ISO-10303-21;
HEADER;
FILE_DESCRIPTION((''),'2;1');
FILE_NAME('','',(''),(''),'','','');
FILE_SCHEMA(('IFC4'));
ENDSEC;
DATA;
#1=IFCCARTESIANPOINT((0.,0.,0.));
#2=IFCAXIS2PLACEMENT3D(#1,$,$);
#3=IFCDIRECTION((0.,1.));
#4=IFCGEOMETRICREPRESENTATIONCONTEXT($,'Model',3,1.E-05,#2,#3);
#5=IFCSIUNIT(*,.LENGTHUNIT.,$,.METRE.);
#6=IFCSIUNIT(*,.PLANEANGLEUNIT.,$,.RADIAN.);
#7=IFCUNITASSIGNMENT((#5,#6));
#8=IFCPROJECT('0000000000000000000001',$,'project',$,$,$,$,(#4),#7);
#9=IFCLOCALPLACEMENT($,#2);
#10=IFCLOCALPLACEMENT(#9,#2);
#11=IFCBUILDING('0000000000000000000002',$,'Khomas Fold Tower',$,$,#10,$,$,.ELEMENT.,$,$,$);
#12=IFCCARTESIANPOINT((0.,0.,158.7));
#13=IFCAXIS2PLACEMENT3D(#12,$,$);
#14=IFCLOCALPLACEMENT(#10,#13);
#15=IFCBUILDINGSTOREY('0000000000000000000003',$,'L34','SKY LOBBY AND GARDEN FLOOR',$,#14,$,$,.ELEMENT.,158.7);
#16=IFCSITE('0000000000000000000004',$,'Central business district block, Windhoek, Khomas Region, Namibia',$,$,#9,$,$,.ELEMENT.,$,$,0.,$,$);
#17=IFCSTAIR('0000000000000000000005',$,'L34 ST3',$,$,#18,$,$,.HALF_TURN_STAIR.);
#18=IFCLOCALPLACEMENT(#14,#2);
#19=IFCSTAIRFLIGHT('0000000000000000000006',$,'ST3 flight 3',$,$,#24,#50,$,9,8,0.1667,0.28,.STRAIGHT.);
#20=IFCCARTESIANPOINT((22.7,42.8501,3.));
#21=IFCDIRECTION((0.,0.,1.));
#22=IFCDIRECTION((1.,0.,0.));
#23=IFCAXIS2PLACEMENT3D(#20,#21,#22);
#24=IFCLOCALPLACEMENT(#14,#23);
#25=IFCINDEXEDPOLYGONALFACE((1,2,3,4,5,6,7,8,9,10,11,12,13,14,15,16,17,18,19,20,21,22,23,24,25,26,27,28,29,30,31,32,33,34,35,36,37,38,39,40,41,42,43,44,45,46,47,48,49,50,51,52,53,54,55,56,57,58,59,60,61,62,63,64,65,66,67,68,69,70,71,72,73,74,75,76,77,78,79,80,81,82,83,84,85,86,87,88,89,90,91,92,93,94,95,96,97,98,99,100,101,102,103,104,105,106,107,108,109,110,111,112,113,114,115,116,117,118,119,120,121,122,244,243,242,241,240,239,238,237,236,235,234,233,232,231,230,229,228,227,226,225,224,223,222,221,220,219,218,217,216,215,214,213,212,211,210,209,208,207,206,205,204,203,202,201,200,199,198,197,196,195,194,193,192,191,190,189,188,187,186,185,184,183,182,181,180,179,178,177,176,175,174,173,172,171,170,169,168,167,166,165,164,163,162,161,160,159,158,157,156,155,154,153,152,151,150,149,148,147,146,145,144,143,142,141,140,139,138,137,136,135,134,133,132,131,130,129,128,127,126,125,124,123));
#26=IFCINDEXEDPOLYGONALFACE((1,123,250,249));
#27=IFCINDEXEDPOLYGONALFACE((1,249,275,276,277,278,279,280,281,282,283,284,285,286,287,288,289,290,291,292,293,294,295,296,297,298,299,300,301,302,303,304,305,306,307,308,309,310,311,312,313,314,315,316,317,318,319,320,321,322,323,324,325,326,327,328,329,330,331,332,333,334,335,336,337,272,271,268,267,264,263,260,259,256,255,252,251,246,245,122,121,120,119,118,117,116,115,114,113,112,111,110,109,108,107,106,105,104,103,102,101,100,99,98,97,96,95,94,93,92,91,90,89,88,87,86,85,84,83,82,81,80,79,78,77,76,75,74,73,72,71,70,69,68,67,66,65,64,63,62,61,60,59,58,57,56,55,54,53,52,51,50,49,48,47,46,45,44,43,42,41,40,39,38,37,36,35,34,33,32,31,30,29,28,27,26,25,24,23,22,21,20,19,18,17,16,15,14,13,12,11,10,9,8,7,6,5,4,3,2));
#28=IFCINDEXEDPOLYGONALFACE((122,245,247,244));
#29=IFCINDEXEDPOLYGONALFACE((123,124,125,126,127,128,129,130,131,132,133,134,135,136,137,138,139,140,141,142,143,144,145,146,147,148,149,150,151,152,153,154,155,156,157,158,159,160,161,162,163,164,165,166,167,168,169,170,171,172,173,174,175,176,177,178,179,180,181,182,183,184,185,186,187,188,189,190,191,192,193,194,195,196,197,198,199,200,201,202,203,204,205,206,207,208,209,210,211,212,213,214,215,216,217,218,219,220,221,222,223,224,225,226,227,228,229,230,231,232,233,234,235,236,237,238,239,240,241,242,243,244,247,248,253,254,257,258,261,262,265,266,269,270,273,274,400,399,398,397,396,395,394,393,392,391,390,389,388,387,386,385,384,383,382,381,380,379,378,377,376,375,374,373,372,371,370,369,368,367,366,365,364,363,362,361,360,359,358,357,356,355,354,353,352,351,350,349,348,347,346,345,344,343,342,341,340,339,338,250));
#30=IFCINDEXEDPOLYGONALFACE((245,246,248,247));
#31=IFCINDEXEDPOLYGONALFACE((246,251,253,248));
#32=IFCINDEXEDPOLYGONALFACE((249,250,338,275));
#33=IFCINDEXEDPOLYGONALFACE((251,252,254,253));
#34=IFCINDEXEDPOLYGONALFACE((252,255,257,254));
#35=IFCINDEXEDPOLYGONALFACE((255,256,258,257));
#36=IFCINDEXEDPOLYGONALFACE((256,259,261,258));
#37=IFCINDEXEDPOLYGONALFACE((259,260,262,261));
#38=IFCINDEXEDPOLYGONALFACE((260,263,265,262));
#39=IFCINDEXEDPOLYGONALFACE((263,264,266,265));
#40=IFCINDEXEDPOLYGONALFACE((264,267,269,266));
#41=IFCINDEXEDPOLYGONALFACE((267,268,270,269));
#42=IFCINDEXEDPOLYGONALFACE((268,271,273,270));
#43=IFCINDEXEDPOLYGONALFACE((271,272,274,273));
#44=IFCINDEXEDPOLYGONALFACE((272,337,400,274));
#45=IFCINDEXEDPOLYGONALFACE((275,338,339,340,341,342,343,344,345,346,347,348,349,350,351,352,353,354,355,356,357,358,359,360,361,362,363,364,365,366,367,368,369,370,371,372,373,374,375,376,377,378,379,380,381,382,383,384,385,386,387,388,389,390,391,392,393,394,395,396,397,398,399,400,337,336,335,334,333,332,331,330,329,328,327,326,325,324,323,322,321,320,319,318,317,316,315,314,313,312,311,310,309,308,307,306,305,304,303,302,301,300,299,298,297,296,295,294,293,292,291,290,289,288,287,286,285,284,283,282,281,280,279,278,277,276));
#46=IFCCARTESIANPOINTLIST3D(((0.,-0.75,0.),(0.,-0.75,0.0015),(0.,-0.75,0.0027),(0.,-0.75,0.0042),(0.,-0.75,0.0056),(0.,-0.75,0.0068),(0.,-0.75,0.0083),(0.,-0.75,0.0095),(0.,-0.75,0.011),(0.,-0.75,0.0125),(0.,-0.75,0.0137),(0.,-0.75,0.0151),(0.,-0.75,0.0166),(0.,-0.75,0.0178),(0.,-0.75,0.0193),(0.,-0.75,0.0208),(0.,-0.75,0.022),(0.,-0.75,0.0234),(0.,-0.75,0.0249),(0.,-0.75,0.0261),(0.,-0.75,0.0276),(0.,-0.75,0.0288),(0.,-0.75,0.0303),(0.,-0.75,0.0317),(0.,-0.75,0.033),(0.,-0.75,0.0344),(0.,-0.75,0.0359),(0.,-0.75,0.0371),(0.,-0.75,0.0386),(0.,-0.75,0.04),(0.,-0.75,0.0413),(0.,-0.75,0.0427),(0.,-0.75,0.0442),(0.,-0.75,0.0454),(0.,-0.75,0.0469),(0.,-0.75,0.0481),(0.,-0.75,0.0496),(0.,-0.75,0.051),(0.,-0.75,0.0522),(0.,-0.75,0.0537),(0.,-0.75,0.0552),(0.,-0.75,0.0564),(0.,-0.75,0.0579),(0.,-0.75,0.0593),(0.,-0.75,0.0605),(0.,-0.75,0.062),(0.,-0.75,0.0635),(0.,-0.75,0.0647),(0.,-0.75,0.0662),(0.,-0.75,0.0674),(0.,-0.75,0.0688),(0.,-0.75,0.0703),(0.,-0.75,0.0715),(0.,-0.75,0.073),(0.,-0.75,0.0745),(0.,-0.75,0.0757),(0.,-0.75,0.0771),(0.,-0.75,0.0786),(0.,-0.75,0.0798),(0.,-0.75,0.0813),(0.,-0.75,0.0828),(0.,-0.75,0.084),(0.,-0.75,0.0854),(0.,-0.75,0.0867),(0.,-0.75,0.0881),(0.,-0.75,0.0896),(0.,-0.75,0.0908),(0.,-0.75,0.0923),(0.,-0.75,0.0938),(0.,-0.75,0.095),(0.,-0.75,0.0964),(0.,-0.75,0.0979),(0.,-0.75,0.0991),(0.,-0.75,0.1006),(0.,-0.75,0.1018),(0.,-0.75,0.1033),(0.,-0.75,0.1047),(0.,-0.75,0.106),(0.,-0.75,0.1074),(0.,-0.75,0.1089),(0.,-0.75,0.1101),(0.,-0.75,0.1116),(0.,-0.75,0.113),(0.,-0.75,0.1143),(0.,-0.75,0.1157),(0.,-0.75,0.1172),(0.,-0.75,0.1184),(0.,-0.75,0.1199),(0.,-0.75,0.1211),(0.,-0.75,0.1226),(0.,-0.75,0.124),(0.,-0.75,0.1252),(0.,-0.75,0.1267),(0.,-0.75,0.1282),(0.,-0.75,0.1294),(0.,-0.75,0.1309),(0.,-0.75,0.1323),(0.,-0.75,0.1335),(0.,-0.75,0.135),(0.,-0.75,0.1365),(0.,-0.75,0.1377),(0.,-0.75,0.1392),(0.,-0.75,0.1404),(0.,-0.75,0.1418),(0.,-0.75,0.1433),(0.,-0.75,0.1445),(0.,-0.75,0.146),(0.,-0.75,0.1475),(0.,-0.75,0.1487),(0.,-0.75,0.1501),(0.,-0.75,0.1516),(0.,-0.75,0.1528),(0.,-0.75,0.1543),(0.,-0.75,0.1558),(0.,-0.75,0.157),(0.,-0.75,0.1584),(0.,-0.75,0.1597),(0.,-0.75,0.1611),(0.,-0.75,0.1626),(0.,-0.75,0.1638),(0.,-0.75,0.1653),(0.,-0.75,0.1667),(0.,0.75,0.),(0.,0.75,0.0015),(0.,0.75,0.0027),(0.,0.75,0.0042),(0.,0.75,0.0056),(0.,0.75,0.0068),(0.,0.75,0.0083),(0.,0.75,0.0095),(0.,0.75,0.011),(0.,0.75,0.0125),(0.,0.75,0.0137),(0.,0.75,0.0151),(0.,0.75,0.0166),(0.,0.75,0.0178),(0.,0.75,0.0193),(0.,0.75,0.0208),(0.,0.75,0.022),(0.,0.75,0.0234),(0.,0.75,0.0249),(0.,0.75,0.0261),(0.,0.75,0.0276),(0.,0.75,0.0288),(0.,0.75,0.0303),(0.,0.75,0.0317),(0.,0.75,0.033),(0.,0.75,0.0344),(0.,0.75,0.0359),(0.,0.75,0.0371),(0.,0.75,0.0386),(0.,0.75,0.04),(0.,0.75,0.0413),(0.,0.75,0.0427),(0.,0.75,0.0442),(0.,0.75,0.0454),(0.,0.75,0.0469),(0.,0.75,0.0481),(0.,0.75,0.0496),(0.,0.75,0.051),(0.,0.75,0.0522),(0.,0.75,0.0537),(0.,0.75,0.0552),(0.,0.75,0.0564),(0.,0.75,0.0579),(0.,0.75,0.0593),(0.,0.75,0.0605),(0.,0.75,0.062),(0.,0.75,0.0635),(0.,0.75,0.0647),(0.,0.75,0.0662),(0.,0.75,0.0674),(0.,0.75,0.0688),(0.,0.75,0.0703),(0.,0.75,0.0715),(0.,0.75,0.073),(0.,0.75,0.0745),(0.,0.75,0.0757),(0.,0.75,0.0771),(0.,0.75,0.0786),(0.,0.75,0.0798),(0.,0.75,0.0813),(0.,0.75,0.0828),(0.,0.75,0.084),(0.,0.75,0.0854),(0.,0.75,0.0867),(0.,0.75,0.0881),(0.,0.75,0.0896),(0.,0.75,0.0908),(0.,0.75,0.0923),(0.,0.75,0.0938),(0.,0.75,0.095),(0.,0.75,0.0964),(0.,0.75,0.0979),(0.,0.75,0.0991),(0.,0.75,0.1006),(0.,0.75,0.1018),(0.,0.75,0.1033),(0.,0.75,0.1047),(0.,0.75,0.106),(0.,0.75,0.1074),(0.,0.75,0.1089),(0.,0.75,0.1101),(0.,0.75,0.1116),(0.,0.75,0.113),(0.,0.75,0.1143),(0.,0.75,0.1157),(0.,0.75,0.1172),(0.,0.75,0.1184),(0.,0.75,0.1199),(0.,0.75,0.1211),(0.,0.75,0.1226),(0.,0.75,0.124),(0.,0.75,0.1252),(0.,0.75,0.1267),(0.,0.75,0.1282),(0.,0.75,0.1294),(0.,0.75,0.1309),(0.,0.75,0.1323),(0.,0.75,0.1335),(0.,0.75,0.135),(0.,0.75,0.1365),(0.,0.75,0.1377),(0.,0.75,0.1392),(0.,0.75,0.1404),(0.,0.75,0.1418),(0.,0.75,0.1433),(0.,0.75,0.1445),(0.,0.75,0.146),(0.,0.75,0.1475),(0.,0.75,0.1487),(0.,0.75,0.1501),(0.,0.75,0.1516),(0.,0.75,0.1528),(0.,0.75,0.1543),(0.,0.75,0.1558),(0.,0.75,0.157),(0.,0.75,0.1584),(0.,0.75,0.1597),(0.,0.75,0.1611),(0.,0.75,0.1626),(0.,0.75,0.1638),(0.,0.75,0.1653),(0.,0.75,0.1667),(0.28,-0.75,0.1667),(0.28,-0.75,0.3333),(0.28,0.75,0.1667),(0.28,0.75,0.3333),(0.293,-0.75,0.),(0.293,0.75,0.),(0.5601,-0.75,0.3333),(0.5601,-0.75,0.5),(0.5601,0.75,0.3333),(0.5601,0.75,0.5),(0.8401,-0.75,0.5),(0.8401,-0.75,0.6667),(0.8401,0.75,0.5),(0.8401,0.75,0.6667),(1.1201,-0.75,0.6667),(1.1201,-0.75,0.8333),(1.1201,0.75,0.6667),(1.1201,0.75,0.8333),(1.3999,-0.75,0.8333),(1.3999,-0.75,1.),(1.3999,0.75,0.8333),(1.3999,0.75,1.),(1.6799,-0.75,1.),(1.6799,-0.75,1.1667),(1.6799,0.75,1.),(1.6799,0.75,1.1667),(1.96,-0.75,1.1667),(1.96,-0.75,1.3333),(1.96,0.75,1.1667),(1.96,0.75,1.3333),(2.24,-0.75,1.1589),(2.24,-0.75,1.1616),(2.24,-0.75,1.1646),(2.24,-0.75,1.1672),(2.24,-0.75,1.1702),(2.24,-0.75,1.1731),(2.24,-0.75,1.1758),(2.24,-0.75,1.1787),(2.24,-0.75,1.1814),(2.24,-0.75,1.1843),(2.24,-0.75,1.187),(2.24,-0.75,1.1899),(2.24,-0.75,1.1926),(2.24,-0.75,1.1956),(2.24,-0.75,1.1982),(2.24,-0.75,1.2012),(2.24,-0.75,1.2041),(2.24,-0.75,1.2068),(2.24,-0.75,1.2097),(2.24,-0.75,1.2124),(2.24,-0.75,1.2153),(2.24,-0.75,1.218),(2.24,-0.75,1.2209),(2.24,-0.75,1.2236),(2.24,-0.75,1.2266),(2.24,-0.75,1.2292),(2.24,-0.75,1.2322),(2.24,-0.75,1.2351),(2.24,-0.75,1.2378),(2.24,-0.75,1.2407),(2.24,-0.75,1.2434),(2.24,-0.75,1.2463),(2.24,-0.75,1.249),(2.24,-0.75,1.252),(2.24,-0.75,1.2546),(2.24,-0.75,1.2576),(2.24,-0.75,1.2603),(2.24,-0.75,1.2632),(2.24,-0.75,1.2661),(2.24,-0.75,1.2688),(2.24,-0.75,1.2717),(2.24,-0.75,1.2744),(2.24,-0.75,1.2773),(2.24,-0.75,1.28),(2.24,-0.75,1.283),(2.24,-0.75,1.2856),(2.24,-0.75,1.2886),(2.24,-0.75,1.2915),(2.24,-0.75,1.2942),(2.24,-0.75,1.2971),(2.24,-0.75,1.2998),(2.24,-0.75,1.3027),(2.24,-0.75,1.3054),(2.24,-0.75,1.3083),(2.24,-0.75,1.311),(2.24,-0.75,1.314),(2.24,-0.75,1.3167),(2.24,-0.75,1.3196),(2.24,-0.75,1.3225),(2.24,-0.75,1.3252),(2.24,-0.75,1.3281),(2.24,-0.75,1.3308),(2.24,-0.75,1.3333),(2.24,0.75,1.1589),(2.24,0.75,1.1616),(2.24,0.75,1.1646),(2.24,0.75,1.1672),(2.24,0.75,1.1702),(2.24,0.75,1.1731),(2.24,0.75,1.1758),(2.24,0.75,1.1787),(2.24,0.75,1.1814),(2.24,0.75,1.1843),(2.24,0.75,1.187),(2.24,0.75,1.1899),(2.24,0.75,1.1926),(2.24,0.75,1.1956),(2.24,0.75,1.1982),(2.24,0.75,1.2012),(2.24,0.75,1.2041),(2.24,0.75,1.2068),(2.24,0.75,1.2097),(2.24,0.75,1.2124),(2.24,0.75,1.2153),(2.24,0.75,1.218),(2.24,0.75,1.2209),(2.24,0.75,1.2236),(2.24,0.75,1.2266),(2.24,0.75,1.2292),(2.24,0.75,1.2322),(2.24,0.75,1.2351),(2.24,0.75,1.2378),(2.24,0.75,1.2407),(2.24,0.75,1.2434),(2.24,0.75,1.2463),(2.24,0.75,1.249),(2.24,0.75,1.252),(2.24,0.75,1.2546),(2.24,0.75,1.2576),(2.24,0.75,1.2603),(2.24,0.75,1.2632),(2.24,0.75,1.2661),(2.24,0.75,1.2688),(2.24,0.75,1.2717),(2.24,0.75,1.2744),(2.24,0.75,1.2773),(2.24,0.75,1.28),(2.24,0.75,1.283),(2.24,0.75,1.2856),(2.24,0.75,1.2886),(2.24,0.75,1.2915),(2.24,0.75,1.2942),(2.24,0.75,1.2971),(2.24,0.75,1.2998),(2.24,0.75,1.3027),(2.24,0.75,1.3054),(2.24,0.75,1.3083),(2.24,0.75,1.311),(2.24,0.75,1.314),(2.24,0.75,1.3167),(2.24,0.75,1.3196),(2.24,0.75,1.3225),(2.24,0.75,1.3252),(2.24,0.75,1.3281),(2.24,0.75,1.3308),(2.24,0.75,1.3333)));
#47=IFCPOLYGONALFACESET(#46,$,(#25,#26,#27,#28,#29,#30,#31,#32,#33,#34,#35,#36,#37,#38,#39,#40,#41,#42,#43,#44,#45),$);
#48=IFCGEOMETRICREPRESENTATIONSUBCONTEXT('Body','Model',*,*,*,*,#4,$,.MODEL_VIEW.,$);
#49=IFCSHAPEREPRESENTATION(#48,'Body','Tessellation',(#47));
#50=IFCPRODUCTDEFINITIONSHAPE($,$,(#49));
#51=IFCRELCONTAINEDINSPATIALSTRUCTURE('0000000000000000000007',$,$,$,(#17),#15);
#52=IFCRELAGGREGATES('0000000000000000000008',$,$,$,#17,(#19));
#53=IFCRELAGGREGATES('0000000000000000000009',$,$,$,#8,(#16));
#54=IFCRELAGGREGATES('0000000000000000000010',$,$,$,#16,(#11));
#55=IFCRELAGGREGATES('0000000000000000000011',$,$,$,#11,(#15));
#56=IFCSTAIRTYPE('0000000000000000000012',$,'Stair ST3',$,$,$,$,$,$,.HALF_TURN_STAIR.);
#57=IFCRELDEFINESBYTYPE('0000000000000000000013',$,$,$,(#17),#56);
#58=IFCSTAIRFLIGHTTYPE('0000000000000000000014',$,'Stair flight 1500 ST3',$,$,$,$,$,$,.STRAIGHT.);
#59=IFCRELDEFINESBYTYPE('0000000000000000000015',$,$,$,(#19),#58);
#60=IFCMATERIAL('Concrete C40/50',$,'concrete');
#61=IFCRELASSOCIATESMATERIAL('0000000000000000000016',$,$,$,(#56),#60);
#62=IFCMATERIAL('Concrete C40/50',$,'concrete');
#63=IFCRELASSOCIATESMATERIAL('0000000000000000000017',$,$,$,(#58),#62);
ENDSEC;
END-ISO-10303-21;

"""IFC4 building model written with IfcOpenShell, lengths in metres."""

from ifc_helpers import new_model, si_unit, direction, frame, origin, place, context, subcontext, project, spatial, polyline, outline, extrude, source, transform, mapped, material, type_object, element, aggregate, save


model = new_model("IFC4")

# Units and contexts
model_context = context("Model", 3, precision=1e-05, world=origin(), true_north=direction((0.0, 1.0)))
body_context = subcontext(model_context, "Body", "Model", "MODEL_VIEW")
ifc_project = project(units=[si_unit("LENGTHUNIT", "METRE"), si_unit("PLANEANGLEUNIT", "RADIAN")], contexts=[model_context])

# Site, building, storey
site_placement = place(None, origin())
site = spatial("IfcSite", under=ifc_project, at=site_placement, Name="Central business district block, Windhoek, Khomas Region, Namibia", CompositionType="ELEMENT", RefElevation=0.0)
building_placement = place(site_placement, origin())
building = spatial("IfcBuilding", under=site, at=building_placement, Name="Khomas Fold Tower", CompositionType="ELEMENT")
storey_placement = place(building_placement, frame((0.0, 0.0, 158.7)))
storey = spatial("IfcBuildingStorey", under=building, at=storey_placement, Name="L34", Description="SKY LOBBY AND GARDEN FLOOR", CompositionType="ELEMENT", Elevation=158.7)

# Stair, stair flight
shared_shape_1 = source(origin(), body_context, "Body", "SweptSolid", [
    extrude(outline(polyline([(0.0, 0.0), (0.0, 0.0015), (0.0, 0.0027), (0.0, 0.0042), (0.0, 0.0056), (0.0, 0.0068), (0.0, 0.0083), (0.0, 0.0095), (0.0, 0.011), (0.0, 0.0125), (0.0, 0.0137), (0.0, 0.0151), (0.0, 0.0166), (0.0, 0.0178), (0.0, 0.0193), (0.0, 0.0208), (0.0, 0.022), (0.0, 0.0234), (0.0, 0.0249), (0.0, 0.0261), (0.0, 0.0276), (0.0, 0.0288), (0.0, 0.0303), (0.0, 0.0317), (0.0, 0.033), (0.0, 0.0344), (0.0, 0.0359), (0.0, 0.0371), (0.0, 0.0386), (0.0, 0.04), (0.0, 0.0413), (0.0, 0.0427), (0.0, 0.0442), (0.0, 0.0454), (0.0, 0.0469), (0.0, 0.0481), (0.0, 0.0496), (0.0, 0.051), (0.0, 0.0522), (0.0, 0.0537), (0.0, 0.0552), (0.0, 0.0564), (0.0, 0.0579), (0.0, 0.0593), (0.0, 0.0605), (0.0, 0.062), (0.0, 0.0635), (0.0, 0.0647), (0.0, 0.0662), (0.0, 0.0674), (0.0, 0.0688), (0.0, 0.0703), (0.0, 0.0715), (0.0, 0.073), (0.0, 0.0745), (0.0, 0.0757), (0.0, 0.0771), (0.0, 0.0786), (0.0, 0.0798), (0.0, 0.0813), (0.0, 0.0828), (0.0, 0.084), (0.0, 0.0854), (0.0, 0.0867), (0.0, 0.0881), (0.0, 0.0896), (0.0, 0.0908), (0.0, 0.0923), (0.0, 0.0938), (0.0, 0.095), (0.0, 0.0964), (0.0, 0.0979), (0.0, 0.0991), (0.0, 0.1006), (0.0, 0.1018), (0.0, 0.1033), (0.0, 0.1047), (0.0, 0.106), (0.0, 0.1074), (0.0, 0.1089), (0.0, 0.1101), (0.0, 0.1116), (0.0, 0.113), (0.0, 0.1143), (0.0, 0.1157), (0.0, 0.1172), (0.0, 0.1184), (0.0, 0.1199), (0.0, 0.1211), (0.0, 0.1226), (0.0, 0.124), (0.0, 0.1252), (0.0, 0.1267), (0.0, 0.1282), (0.0, 0.1294), (0.0, 0.1309), (0.0, 0.1323), (0.0, 0.1335), (0.0, 0.135), (0.0, 0.1365), (0.0, 0.1377), (0.0, 0.1392), (0.0, 0.1404), (0.0, 0.1418), (0.0, 0.1433), (0.0, 0.1445), (0.0, 0.146), (0.0, 0.1475), (0.0, 0.1487), (0.0, 0.1501), (0.0, 0.1516), (0.0, 0.1528), (0.0, 0.1543), (0.0, 0.1558), (0.0, 0.157), (0.0, 0.1584), (0.0, 0.1597), (0.0, 0.1611), (0.0, 0.1626), (0.0, 0.1638), (0.0, 0.1653), (0.0, 0.1667), (0.28, 0.1667), (0.28, 0.3333), (0.5601, 0.3333), (0.5601, 0.5), (0.8401, 0.5), (0.8401, 0.6667), (1.1201, 0.6667), (1.1201, 0.8333), (1.3999, 0.8333), (1.3999, 1.0), (1.6799, 1.0), (1.6799, 1.1667), (1.96, 1.1667), (1.96, 1.3333), (2.24, 1.3333), (2.24, 1.5), (2.24, 1.4971), (2.24, 1.4944), (2.24, 1.4915), (2.24, 1.4888), (2.24, 1.4858), (2.24, 1.4832), (2.24, 1.4802), (2.24, 1.4775), (2.24, 1.4746), (2.24, 1.4719), (2.24, 1.469), (2.24, 1.4661), (2.24, 1.4634), (2.24, 1.4604), (2.24, 1.4578), (2.24, 1.4548), (2.24, 1.4521), (2.24, 1.4492), (2.24, 1.4465), (2.24, 1.4436), (2.24, 1.4409), (2.24, 1.438), (2.24, 1.4351), (2.24, 1.4324), (2.24, 1.4294), (2.24, 1.4268), (2.24, 1.4238), (2.24, 1.4211), (2.24, 1.4182), (2.24, 1.4155), (2.24, 1.4126), (2.24, 1.4097), (2.24, 1.407), (2.24, 1.4041), (2.24, 1.4014), (2.24, 1.3984), (2.24, 1.3958), (2.24, 1.3928), (2.24, 1.3901), (2.24, 1.3872), (2.24, 1.3845), (2.24, 1.3816), (2.24, 1.3787), (2.24, 1.376), (2.24, 1.373), (2.24, 1.3704), (2.24, 1.3674), (2.24, 1.3647), (2.24, 1.3618), (2.24, 1.3591), (2.24, 1.3562), (2.24, 1.3535), (2.24, 1.3506), (2.24, 1.3477), (2.24, 1.345), (2.24, 1.342), (2.24, 1.3394), (2.24, 1.3364), (2.24, 1.3337), (2.24, 1.3308), (2.24, 1.3281), (2.24, 1.3252), (2.24, 1.3225), (2.24, 1.3196), (2.24, 1.3167), (2.24, 1.314), (2.24, 1.311), (2.24, 1.3083), (2.24, 1.3054), (2.24, 1.3027), (2.24, 1.2998), (2.24, 1.2971), (2.24, 1.2942), (2.24, 1.2915), (2.24, 1.2886), (2.24, 1.2856), (2.24, 1.283), (2.24, 1.28), (2.24, 1.2773), (2.24, 1.2744), (2.24, 1.2717), (2.24, 1.2688), (2.24, 1.2661), (2.24, 1.2632), (2.24, 1.2603), (2.24, 1.2576), (2.24, 1.2546), (2.24, 1.252), (2.24, 1.249), (2.24, 1.2463), (2.24, 1.2434), (2.24, 1.2407), (2.24, 1.2378), (2.24, 1.2351), (2.24, 1.2322), (2.24, 1.2292), (2.24, 1.2266), (2.24, 1.2236), (2.24, 1.2209), (2.24, 1.218), (2.24, 1.2153), (2.24, 1.2124), (2.24, 1.2097), (2.24, 1.2068), (2.24, 1.2041), (2.24, 1.2012), (2.24, 1.1982), (2.24, 1.1956), (2.24, 1.1926), (2.24, 1.1899), (2.24, 1.187), (2.24, 1.1843), (2.24, 1.1814), (2.24, 1.1787), (2.24, 1.1758), (2.24, 1.1731), (2.24, 1.1702), (2.24, 1.1672), (2.24, 1.1646), (2.24, 1.1616), (2.24, 1.1589), (0.293, 0.0), (0.0, 0.0)])), frame((0.0, 0.75, 0.0), z_axis=(0.0, -1.0, 0.0), x_axis=(1.0, 0.0, 0.0)), (0.0, 0.0, 1.0), 1.5),
])
ifc_material_1 = material(Name="Concrete C40/50", Category="concrete")
stair_type_1 = type_object("IfcStairType", Name="Stair ST3", PredefinedType="HALF_TURN_STAIR", material=ifc_material_1)
stair_1_placement = place(storey_placement, origin())
stair_1 = element("IfcStair", 1, at=stair_1_placement, inside=storey, type_object=stair_type_1, Name="L34 ST3", PredefinedType="HALF_TURN_STAIR")
ifc_material_2 = material(Name="Concrete C40/50", Category="concrete")
stair_flight_type_1 = type_object("IfcStairFlightType", Name="Stair flight 1500 ST3", PredefinedType="STRAIGHT", material=ifc_material_2)
stair_flight_1_placement = place(storey_placement, frame((22.7, 42.8501, 3.0), z_axis=(0.0, 0.0, 1.0), x_axis=(1.0, 0.0, 0.0)))
stair_flight_1 = element("IfcStairFlight", 2, at=stair_flight_1_placement, type_object=stair_flight_type_1, Name="ST3 flight 3", NumberOfRisers=9, NumberOfTreads=8, PredefinedType="STRAIGHT", RiserHeight=0.1667, TreadLength=0.28, context=body_context, shape_type="MappedRepresentation", body=[
    mapped(shared_shape_1, transform((0.0, 0.0, 0.0))),
])
aggregate(stair_1, [stair_flight_1])

save(model, "model.ifc")
